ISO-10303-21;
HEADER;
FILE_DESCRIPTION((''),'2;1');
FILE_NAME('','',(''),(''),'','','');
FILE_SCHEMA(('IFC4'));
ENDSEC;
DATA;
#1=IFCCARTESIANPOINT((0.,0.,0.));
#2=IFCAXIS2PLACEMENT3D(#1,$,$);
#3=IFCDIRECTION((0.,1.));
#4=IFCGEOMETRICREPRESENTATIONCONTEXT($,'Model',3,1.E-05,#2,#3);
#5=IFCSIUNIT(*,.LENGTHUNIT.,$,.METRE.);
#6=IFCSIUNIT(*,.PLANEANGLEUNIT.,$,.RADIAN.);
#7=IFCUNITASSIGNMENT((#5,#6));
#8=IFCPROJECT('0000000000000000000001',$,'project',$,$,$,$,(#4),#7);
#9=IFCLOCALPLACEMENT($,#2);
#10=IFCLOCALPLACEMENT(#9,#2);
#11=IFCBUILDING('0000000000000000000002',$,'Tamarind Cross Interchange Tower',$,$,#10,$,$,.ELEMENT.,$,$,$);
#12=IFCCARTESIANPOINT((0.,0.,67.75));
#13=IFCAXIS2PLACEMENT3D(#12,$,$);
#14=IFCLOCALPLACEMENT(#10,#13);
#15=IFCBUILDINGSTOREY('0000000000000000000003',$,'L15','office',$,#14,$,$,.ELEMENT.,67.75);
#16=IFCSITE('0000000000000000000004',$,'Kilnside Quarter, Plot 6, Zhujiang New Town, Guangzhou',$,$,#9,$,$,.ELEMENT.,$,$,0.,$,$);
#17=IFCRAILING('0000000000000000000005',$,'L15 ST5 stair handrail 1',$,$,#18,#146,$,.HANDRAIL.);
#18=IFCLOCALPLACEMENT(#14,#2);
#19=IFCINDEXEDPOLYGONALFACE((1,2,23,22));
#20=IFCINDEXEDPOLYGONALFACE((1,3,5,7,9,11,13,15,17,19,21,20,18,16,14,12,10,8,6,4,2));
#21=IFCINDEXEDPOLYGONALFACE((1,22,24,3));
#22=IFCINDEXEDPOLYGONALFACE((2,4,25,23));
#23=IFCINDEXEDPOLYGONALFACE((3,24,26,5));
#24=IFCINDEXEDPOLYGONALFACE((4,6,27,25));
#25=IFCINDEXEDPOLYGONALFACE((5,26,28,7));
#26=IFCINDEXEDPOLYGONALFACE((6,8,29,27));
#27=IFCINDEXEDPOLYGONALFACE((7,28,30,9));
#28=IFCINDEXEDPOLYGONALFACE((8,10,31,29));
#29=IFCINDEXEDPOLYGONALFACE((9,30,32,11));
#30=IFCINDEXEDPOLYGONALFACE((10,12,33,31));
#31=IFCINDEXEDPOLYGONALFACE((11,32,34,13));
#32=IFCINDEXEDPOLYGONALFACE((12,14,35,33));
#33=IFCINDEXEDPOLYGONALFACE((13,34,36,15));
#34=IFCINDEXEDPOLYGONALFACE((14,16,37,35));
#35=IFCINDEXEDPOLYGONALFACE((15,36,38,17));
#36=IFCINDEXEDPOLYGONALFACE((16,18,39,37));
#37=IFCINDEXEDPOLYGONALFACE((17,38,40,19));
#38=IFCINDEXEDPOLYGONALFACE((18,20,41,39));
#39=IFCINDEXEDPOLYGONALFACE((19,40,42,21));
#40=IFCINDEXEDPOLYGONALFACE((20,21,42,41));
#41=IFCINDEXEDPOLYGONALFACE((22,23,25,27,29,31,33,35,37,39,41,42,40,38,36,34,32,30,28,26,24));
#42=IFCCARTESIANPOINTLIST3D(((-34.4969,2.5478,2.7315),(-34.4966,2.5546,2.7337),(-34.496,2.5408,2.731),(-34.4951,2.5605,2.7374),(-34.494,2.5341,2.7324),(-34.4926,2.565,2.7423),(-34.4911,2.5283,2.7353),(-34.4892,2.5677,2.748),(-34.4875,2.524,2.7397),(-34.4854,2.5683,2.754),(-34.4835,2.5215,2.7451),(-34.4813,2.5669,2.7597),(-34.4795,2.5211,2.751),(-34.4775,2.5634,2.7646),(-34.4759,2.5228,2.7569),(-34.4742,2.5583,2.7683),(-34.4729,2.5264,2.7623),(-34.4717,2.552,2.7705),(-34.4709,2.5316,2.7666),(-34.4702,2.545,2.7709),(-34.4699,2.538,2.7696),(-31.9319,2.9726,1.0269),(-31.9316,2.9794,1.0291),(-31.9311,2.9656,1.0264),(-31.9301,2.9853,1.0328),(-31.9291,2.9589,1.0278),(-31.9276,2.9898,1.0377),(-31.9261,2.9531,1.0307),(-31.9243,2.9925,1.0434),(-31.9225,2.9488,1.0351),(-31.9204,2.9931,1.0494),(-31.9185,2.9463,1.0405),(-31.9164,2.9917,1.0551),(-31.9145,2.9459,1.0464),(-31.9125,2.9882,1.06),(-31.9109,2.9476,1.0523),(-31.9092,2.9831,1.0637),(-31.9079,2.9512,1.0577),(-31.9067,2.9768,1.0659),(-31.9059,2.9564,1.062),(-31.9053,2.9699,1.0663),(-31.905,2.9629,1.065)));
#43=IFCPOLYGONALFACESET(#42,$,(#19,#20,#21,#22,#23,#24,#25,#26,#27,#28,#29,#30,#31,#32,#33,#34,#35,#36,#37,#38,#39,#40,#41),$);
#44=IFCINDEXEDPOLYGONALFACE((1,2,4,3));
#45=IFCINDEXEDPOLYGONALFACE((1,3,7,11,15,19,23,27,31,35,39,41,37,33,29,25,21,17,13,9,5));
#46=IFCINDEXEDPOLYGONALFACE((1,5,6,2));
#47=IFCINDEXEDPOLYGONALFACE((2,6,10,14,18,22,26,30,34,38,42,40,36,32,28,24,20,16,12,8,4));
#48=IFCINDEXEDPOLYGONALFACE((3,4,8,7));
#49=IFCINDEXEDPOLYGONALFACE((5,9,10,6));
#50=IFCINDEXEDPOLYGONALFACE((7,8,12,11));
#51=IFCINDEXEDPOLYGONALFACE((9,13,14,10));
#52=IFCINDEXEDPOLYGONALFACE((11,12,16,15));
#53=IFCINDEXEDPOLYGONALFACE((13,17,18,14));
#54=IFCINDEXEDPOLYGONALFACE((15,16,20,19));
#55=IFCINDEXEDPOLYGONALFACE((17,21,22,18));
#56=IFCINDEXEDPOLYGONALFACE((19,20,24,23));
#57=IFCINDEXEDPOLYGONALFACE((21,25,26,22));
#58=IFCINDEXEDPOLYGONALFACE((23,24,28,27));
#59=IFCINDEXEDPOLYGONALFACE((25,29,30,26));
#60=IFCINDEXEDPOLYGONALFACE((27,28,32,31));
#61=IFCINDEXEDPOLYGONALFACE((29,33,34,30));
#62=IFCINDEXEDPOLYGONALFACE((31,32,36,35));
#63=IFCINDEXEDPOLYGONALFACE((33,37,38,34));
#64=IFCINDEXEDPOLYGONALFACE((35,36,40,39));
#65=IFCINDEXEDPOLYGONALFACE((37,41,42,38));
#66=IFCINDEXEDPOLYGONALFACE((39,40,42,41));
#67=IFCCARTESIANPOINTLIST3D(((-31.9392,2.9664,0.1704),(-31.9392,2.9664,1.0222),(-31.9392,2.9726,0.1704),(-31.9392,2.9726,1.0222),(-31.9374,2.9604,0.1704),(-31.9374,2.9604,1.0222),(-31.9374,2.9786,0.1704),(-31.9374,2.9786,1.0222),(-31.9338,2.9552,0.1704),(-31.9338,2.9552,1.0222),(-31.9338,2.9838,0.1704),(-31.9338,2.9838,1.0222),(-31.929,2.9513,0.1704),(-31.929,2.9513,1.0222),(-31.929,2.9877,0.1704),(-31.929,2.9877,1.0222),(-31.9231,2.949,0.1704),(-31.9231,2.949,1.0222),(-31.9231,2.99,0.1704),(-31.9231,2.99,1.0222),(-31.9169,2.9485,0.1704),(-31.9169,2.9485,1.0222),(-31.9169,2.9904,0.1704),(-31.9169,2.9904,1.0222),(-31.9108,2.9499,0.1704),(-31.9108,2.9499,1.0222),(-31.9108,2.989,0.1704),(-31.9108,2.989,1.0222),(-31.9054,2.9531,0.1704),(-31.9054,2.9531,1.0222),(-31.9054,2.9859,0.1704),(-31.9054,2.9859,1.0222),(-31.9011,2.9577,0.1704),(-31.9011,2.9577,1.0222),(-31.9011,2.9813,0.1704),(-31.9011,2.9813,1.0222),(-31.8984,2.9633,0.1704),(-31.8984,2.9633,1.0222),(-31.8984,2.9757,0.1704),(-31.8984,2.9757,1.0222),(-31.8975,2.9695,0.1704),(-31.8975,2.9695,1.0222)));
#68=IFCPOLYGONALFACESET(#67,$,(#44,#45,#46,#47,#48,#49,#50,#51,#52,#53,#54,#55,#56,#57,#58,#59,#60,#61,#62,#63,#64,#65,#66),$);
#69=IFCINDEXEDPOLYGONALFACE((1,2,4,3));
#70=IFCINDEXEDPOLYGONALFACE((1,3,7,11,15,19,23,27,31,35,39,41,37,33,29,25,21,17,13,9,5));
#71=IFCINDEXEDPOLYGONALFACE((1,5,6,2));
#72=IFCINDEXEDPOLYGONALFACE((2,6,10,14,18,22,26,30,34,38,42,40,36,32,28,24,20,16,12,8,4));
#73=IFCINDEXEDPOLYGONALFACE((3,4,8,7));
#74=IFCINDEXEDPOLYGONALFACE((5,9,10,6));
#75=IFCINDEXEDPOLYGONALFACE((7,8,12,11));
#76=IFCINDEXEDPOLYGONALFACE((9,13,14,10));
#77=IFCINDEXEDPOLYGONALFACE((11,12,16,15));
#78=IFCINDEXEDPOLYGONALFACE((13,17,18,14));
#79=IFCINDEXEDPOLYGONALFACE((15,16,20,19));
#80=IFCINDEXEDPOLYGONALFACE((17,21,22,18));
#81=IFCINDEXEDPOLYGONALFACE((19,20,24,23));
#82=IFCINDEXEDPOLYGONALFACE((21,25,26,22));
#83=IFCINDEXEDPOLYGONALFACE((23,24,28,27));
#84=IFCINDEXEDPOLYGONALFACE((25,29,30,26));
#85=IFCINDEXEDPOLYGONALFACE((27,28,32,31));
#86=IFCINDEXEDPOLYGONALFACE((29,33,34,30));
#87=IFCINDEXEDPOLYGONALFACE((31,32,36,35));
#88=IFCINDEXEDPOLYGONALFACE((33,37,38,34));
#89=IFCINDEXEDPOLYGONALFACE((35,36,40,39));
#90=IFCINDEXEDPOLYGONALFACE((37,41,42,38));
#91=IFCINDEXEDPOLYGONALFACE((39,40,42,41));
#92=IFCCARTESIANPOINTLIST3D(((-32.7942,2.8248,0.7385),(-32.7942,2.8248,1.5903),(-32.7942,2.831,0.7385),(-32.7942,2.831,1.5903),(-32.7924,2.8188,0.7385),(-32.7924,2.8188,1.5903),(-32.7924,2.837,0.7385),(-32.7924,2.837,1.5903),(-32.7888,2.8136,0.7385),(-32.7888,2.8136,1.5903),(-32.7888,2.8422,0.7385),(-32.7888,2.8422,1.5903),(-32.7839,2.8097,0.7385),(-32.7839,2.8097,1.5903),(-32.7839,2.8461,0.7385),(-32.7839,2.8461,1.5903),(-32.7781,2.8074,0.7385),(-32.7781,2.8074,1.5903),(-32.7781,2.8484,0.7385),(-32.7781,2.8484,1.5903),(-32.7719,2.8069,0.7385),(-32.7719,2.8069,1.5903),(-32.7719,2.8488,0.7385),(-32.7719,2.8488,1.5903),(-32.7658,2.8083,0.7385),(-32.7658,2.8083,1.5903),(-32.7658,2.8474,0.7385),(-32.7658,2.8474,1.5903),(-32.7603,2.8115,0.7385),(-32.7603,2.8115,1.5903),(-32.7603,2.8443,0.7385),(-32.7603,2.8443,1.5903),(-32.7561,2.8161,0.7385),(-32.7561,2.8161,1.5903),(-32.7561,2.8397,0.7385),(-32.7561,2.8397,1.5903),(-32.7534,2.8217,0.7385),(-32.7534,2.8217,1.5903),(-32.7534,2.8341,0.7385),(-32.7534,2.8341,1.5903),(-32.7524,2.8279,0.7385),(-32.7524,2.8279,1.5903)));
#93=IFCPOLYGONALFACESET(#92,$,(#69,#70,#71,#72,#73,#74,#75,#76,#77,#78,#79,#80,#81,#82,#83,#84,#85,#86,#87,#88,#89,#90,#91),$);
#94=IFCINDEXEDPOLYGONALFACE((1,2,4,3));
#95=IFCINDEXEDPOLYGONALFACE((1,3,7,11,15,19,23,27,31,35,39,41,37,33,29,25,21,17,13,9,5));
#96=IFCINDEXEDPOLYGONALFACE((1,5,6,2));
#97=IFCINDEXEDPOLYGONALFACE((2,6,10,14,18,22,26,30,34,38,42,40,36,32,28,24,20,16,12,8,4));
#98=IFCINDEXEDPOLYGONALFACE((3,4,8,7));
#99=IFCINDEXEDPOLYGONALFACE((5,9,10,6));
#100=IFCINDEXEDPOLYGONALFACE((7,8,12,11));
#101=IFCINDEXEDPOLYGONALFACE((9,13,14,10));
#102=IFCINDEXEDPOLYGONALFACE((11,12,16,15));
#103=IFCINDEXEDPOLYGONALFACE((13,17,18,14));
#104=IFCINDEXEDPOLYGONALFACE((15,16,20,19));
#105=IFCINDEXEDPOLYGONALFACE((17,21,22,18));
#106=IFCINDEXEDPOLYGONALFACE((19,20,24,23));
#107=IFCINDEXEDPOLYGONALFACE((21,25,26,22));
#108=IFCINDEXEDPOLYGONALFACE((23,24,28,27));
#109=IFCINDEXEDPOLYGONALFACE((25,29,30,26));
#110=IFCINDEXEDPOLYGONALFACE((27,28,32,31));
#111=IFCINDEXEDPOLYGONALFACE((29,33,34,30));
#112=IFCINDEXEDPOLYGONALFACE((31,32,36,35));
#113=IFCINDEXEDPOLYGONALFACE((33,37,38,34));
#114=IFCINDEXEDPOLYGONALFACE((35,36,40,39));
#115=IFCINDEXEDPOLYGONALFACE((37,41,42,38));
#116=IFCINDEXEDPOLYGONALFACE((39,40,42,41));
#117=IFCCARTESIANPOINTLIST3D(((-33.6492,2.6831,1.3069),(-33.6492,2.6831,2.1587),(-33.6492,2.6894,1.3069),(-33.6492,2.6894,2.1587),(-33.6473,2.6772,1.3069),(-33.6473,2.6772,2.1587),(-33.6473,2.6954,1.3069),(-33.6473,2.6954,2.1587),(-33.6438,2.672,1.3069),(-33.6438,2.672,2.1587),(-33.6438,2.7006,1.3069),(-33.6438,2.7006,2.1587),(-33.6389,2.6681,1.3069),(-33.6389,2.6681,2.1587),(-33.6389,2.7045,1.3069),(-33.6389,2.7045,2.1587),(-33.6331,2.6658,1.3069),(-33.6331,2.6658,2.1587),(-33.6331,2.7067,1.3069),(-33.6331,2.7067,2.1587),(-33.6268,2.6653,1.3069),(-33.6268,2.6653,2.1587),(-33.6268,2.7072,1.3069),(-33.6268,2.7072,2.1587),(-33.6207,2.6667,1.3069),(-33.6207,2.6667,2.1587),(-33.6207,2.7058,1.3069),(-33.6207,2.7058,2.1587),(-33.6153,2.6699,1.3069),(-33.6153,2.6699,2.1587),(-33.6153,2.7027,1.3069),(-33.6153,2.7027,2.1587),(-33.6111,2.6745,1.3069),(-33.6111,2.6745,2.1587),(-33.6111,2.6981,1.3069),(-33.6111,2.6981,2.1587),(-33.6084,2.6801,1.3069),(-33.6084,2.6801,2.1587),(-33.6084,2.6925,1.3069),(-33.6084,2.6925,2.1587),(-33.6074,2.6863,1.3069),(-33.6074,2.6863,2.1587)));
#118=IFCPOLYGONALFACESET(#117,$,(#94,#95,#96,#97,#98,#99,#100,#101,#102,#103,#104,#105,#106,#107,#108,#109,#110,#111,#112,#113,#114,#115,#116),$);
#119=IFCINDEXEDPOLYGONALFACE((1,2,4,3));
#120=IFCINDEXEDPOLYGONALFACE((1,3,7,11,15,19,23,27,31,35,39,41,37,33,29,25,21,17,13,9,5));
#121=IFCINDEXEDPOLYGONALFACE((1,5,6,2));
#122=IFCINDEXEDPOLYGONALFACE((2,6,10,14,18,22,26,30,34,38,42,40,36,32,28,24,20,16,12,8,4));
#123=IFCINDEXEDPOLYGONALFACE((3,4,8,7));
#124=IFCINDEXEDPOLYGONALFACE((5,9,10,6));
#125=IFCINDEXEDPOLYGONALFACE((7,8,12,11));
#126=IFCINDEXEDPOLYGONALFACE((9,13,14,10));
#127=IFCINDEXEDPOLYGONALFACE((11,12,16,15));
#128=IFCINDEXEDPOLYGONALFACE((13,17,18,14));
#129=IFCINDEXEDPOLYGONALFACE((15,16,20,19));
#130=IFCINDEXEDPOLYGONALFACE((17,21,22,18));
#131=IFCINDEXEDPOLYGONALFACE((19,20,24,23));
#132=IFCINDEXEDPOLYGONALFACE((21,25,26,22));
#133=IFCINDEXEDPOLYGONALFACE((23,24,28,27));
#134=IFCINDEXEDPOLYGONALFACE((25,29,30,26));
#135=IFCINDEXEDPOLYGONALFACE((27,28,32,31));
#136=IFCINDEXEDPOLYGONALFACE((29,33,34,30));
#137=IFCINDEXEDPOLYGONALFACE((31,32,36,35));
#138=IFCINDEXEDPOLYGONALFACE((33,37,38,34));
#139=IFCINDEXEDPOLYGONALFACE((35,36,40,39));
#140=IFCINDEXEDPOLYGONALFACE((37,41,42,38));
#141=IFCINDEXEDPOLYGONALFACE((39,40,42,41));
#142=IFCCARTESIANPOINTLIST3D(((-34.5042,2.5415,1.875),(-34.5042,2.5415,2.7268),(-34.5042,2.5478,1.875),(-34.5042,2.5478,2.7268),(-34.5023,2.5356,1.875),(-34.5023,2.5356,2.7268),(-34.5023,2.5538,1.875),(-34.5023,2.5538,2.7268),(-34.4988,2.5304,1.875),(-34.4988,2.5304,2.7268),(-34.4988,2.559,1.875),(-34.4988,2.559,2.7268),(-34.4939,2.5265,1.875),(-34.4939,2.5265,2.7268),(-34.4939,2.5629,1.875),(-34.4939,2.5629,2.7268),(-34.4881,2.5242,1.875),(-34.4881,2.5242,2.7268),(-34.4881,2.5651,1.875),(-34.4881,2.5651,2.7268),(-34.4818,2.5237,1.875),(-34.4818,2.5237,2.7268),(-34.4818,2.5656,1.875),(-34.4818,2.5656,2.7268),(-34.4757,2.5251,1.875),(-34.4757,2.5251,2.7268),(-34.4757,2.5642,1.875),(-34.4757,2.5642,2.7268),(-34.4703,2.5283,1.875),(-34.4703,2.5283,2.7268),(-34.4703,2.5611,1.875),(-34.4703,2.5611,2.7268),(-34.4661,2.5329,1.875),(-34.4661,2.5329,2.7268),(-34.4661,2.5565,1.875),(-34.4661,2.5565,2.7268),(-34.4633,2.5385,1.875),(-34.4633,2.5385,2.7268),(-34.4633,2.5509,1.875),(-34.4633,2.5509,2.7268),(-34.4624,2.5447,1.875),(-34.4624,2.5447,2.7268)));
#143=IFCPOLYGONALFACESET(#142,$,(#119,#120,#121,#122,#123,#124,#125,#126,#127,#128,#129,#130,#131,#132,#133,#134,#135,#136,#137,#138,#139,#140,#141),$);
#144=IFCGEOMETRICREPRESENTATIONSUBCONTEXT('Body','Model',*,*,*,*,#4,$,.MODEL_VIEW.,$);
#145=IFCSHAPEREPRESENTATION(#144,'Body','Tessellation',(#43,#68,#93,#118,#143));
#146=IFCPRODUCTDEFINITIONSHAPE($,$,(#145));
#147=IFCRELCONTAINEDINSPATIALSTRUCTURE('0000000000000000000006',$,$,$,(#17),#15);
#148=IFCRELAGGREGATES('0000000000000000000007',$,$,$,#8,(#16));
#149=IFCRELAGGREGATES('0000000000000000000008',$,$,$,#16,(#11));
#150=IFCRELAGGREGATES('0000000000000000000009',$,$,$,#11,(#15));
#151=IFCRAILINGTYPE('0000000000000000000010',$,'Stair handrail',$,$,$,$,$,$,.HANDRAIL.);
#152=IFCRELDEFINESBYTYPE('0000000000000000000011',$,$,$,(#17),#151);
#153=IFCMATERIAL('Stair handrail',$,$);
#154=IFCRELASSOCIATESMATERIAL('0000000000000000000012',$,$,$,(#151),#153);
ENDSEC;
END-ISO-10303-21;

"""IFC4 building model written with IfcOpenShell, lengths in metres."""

from ifc_helpers import new_model, si_unit, direction, frame, origin, origin_2d, place, context, subcontext, project, spatial, circle, extrude, material, type_object, element, save


model = new_model("IFC4")

# Units and contexts
model_context = context("Model", 3, precision=1e-05, world=origin(), true_north=direction((0.0, 1.0)))
body_context = subcontext(model_context, "Body", "Model", "MODEL_VIEW")
ifc_project = project(units=[si_unit("LENGTHUNIT", "METRE"), si_unit("PLANEANGLEUNIT", "RADIAN")], contexts=[model_context])

# Site, building, storey
site_placement = place(None, origin())
site = spatial("IfcSite", under=ifc_project, at=site_placement, Name="Kilnside Quarter, Plot 6, Zhujiang New Town, Guangzhou", CompositionType="ELEMENT", RefElevation=0.0)
building_placement = place(site_placement, origin())
building = spatial("IfcBuilding", under=site, at=building_placement, Name="Tamarind Cross Interchange Tower", CompositionType="ELEMENT")
storey_placement = place(building_placement, frame((0.0, 0.0, 67.75)))
storey = spatial("IfcBuildingStorey", under=building, at=storey_placement, Name="L15", Description="office", CompositionType="ELEMENT", Elevation=67.75)

# Railing
ifc_material_1 = material(Name="Stair handrail")
railing_type_1 = type_object("IfcRailingType", Name="Stair handrail", PredefinedType="HANDRAIL", material=ifc_material_1)
railing_1_placement = place(storey_placement, frame((-31.9185, 2.9695, 0.1704)))
element("IfcRailing", 1, at=railing_1_placement, inside=storey, type_object=railing_type_1, Name="L15 ST5 stair handrail 1", PredefinedType="HANDRAIL", context=body_context, shape_type="SweptSolid", body=[
    extrude(circle(Radius=0.0239, at=origin_2d()), frame((0.0, 0.0, 0.876), z_axis=(-0.825042, -0.136643, 0.548301), x_axis=(0.163394, -0.986561, 0.0)), (0.0, 0.0, 1.0), 3.1089),
    extrude(circle(Radius=0.021, at=origin_2d()), origin(), (0.0, 0.0, 1.0), 0.8518),
    extrude(circle(Radius=0.021, at=origin_2d()), frame((-0.855, -0.1416, 0.5681)), (0.0, 0.0, 1.0), 0.8518),
    extrude(circle(Radius=0.021, at=origin_2d()), frame((-1.71, -0.2832, 1.1365)), (0.0, 0.0, 1.0), 0.8518),
    extrude(circle(Radius=0.021, at=origin_2d()), frame((-2.5649, -0.4248, 1.7046)), (0.0, 0.0, 1.0), 0.8518),
])

save(model, "model.ifc")
